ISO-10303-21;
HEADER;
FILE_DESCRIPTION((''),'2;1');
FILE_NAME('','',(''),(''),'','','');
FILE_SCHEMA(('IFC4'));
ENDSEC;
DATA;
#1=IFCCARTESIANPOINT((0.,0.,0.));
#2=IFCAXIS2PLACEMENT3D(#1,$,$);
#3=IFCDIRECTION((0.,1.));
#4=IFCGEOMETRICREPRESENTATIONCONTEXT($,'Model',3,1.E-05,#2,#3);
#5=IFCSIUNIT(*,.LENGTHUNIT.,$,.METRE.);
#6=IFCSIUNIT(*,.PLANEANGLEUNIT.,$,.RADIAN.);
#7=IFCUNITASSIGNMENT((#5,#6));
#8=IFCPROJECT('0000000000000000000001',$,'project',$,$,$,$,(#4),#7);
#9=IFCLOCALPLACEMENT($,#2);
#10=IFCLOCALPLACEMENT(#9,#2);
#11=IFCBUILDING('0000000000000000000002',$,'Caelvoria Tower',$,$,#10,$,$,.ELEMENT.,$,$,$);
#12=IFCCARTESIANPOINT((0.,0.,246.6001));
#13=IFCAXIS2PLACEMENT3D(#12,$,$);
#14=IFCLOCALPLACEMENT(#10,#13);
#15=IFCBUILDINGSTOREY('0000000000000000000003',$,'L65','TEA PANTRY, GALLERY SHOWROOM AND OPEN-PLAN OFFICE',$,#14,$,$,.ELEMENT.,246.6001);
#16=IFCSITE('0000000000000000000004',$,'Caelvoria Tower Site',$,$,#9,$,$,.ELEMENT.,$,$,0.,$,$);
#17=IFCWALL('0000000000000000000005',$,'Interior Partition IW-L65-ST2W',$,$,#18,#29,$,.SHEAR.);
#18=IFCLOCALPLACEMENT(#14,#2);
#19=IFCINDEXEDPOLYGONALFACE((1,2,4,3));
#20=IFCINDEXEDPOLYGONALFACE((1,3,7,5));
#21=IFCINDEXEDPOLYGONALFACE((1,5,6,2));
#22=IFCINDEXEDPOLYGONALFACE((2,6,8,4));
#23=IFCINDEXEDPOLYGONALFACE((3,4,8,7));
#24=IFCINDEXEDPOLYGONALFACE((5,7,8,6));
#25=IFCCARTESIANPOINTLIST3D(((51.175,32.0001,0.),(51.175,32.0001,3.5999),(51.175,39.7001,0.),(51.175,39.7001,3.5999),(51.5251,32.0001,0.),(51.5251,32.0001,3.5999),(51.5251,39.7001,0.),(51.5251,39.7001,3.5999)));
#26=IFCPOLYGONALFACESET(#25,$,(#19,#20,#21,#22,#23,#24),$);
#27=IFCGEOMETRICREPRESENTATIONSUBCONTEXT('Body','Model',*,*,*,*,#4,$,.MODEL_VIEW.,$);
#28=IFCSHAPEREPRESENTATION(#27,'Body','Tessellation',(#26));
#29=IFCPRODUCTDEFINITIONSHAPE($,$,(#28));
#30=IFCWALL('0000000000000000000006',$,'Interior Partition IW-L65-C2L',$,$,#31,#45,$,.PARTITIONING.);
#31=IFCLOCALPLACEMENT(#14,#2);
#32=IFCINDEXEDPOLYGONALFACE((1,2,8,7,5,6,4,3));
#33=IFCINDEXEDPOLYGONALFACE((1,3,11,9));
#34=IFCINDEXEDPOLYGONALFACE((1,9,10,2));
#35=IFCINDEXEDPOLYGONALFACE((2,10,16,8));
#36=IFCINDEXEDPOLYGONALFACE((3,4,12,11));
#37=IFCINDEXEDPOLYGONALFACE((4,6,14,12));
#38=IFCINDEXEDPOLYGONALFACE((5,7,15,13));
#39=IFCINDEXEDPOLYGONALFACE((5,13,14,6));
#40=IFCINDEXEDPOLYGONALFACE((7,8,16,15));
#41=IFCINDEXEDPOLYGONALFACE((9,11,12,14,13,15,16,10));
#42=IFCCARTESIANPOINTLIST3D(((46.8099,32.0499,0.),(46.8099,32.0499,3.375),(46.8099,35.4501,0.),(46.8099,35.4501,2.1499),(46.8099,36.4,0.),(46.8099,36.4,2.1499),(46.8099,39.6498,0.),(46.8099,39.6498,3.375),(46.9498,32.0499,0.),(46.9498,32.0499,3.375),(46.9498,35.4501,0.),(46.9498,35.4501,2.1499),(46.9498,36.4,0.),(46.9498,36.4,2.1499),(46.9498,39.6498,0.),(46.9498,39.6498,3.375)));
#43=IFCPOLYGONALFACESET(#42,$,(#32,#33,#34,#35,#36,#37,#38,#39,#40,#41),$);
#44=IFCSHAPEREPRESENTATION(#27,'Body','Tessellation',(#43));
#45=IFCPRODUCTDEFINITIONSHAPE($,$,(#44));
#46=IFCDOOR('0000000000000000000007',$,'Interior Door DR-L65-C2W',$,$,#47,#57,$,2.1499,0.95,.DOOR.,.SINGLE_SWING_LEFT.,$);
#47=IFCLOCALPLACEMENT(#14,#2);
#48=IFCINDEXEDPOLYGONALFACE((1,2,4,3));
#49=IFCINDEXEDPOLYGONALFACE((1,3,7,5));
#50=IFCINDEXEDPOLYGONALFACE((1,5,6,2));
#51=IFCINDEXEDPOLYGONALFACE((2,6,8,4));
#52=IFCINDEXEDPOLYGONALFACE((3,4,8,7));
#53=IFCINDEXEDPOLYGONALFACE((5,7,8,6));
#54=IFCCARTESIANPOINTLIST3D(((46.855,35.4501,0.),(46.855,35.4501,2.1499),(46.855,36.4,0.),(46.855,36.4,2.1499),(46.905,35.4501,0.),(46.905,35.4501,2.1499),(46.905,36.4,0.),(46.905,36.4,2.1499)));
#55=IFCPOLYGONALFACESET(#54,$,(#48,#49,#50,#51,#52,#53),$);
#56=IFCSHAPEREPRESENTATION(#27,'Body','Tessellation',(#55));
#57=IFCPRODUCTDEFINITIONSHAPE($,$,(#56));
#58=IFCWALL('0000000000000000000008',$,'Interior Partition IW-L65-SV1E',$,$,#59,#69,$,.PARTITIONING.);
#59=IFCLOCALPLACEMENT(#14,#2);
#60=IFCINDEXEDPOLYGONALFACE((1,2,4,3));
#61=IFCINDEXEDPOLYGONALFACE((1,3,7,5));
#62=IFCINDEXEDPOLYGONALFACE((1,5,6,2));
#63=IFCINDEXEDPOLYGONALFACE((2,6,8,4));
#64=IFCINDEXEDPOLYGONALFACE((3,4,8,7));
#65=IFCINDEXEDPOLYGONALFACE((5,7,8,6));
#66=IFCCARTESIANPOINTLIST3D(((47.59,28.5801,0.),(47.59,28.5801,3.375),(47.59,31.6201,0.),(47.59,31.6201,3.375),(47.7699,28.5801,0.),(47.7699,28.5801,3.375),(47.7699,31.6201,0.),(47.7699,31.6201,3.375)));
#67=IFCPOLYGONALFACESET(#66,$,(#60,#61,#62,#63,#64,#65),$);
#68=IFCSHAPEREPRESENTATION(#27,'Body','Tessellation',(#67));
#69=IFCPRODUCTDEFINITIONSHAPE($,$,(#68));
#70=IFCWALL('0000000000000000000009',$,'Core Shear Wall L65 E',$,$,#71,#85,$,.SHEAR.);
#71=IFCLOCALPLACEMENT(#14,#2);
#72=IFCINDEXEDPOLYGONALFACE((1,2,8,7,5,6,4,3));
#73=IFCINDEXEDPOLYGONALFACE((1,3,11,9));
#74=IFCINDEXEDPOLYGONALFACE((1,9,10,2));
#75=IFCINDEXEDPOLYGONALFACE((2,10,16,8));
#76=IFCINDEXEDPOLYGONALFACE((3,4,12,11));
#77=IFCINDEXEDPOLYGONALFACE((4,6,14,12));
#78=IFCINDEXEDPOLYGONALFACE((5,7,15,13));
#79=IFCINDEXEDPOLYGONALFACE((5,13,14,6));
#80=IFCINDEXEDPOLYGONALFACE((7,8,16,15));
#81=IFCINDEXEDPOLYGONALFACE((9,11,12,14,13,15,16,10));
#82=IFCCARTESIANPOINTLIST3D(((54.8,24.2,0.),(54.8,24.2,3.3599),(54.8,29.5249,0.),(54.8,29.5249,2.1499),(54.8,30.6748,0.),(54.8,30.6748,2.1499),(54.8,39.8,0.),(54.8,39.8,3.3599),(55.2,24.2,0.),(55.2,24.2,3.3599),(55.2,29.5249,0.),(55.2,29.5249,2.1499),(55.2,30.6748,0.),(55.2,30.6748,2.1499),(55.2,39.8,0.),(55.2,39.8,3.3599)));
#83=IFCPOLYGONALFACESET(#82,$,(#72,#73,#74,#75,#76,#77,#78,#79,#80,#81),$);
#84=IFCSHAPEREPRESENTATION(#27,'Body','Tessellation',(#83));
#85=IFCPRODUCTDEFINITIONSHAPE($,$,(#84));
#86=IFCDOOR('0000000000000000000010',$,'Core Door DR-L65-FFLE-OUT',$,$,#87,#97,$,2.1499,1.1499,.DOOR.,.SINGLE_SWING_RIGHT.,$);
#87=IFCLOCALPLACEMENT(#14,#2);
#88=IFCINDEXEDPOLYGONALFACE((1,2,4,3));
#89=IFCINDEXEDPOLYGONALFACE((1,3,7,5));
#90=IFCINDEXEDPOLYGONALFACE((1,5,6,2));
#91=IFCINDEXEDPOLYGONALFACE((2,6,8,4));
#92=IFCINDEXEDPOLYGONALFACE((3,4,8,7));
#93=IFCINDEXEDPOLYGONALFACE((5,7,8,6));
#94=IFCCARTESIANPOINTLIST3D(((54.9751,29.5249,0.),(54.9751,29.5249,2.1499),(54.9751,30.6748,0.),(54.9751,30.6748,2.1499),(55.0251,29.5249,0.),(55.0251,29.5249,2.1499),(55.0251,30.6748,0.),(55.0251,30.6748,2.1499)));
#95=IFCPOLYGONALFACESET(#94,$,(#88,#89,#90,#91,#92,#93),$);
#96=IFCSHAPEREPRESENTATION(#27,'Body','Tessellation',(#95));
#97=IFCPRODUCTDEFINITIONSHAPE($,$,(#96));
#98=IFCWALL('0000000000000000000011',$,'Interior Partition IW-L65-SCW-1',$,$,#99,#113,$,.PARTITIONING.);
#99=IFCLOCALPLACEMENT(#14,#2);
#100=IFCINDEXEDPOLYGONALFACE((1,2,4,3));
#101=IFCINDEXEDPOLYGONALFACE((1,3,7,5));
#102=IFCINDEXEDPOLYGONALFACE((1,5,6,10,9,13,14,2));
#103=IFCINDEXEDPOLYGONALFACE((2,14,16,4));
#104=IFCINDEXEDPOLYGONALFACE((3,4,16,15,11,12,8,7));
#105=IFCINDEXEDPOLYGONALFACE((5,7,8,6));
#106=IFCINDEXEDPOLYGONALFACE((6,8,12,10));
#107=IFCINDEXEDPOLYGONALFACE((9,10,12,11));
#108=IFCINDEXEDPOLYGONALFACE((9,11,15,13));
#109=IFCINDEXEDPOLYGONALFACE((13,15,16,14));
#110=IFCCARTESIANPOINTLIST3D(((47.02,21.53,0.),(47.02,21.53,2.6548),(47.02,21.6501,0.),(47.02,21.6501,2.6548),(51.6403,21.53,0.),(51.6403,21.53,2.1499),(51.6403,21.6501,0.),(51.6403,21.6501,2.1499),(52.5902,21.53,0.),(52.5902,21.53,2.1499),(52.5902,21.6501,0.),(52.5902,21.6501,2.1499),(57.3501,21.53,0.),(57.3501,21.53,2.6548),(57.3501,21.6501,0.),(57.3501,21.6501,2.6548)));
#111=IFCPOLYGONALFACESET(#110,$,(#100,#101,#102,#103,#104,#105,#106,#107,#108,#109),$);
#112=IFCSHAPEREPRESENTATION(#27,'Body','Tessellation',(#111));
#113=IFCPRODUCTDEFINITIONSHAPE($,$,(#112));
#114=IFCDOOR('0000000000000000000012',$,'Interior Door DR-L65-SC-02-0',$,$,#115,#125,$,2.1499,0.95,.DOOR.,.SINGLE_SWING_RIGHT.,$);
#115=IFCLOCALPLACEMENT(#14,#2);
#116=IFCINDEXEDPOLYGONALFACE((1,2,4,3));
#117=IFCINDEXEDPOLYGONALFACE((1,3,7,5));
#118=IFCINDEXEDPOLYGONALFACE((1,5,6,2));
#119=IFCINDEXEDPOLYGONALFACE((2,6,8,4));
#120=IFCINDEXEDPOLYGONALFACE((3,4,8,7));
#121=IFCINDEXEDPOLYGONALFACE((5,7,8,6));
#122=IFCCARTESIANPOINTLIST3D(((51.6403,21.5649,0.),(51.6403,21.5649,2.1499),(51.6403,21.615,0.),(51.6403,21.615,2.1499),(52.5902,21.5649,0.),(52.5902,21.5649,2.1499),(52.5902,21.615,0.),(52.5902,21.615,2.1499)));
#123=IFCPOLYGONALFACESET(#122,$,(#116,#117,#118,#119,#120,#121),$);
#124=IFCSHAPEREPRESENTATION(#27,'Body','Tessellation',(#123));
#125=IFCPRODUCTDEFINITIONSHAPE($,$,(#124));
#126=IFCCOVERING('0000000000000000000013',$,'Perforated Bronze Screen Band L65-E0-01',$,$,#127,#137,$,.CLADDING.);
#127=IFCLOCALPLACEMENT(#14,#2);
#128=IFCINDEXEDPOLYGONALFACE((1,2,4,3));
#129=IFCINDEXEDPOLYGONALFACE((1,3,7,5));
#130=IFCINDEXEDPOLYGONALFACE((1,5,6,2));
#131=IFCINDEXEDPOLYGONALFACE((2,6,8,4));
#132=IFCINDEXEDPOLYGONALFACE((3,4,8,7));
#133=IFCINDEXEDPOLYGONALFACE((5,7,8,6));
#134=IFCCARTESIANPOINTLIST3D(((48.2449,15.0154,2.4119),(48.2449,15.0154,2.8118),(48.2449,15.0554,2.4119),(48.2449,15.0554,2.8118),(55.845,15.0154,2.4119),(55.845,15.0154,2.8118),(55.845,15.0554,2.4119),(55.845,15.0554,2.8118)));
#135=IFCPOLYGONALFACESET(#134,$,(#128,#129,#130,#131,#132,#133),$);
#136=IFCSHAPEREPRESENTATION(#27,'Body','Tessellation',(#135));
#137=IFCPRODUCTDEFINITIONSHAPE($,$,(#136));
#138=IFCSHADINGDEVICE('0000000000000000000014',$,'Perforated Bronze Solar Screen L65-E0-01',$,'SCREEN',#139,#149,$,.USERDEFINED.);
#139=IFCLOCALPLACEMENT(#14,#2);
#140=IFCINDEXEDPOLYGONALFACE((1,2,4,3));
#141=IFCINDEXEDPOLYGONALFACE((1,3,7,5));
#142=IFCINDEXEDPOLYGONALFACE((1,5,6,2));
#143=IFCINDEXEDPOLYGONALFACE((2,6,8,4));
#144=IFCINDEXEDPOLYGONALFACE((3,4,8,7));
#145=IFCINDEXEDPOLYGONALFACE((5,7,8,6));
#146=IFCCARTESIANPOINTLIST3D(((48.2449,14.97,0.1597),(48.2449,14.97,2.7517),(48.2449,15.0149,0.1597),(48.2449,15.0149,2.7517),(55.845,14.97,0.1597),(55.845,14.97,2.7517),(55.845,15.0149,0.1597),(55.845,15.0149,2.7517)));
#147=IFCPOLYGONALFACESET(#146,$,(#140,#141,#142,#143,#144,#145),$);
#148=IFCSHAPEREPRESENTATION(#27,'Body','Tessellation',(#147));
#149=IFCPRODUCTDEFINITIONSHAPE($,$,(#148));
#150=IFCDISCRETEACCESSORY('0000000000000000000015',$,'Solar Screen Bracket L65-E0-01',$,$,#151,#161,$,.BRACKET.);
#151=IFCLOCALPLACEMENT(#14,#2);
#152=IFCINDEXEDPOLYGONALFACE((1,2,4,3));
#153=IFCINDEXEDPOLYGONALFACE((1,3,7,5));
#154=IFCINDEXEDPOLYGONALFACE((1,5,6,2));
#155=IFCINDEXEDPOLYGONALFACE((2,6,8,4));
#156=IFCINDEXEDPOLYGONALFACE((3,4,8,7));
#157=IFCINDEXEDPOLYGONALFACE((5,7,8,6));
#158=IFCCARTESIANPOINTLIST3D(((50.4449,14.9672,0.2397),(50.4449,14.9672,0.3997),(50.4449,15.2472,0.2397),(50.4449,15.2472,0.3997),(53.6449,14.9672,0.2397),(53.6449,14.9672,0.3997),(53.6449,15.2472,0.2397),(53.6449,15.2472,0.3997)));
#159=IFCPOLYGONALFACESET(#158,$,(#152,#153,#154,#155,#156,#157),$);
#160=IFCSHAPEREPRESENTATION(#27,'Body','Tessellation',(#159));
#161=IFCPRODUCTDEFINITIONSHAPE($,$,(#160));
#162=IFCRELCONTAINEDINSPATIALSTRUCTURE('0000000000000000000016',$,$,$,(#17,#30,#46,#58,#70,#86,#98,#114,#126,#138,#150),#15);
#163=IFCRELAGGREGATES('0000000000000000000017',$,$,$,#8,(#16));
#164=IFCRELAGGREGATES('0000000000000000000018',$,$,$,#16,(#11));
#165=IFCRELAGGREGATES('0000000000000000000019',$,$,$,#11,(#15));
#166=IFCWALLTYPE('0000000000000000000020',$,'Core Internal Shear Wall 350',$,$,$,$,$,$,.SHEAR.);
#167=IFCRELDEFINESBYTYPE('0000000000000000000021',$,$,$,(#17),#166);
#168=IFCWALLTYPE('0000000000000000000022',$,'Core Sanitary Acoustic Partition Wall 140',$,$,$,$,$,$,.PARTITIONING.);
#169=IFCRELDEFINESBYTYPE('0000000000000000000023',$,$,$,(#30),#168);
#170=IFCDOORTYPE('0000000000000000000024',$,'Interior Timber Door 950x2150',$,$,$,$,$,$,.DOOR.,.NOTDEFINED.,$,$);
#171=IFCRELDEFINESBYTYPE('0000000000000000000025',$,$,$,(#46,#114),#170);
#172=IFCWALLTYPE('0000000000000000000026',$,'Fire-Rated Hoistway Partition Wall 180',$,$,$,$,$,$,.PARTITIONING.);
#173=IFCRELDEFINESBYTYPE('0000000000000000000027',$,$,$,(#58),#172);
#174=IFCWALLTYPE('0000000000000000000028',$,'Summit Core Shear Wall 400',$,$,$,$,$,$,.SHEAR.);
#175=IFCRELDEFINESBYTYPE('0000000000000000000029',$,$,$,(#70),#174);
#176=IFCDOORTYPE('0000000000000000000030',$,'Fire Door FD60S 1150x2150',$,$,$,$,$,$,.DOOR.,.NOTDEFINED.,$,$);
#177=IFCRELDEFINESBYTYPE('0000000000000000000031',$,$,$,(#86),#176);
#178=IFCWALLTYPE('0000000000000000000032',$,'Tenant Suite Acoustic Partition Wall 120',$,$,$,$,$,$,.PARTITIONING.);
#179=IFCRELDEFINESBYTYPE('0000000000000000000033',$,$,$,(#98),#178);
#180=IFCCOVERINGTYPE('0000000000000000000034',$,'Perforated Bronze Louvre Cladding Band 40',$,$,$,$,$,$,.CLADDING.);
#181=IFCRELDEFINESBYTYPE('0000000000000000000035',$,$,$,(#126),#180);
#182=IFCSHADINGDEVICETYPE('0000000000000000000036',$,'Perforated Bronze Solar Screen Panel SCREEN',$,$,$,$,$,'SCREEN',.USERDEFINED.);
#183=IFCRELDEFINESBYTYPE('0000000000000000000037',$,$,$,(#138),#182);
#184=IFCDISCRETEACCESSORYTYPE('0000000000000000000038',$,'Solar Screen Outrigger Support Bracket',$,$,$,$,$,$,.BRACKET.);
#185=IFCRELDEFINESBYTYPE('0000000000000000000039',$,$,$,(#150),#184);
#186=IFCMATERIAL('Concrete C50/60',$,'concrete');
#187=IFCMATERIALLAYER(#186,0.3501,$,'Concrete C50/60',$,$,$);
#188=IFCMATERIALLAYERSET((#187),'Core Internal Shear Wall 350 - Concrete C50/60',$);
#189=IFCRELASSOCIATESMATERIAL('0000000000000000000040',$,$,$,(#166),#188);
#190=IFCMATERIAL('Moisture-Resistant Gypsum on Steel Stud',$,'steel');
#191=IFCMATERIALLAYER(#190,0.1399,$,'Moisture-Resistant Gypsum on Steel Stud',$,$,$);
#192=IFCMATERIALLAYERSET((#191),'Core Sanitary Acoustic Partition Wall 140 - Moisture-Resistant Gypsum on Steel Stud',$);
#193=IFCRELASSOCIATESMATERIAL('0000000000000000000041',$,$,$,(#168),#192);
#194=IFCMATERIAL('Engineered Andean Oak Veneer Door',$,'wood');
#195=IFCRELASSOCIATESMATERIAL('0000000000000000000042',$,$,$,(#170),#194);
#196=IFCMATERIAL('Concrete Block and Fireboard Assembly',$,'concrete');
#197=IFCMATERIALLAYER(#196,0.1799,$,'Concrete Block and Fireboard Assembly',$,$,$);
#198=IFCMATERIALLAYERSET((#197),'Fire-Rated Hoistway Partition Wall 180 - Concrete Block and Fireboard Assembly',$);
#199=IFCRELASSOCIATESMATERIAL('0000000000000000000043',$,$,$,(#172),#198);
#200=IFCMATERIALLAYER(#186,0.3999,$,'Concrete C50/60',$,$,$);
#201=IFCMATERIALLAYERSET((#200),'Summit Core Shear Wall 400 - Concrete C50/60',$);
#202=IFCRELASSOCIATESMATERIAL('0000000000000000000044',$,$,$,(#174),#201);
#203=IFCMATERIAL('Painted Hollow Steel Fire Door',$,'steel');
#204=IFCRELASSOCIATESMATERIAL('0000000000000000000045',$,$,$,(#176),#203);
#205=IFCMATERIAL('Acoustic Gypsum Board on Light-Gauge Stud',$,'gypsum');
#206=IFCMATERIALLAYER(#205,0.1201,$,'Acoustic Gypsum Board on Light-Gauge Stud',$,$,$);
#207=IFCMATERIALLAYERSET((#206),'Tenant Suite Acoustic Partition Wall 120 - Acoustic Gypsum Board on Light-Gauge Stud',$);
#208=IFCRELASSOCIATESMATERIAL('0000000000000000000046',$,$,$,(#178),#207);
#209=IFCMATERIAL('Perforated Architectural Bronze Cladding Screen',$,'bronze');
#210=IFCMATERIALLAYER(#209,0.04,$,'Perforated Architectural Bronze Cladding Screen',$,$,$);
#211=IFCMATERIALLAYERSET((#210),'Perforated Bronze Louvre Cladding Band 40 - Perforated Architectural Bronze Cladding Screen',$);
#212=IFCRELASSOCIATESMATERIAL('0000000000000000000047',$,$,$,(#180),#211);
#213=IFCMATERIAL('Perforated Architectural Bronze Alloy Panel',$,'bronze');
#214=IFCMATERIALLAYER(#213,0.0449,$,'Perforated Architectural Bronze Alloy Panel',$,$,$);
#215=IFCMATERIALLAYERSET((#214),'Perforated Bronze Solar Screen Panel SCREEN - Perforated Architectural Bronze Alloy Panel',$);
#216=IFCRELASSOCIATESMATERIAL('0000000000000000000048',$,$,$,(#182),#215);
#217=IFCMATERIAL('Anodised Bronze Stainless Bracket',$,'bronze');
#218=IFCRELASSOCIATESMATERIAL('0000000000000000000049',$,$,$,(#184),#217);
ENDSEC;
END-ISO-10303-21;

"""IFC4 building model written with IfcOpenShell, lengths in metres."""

from ifc_helpers import new_model, si_unit, direction, frame, frame_2d, origin, origin_2d, place, context, subcontext, project, spatial, rectangle, extrude, material, layer, layer_set, type_object, element, fill, save


model = new_model("IFC4")

# Units and contexts
model_context = context("Model", 3, precision=1e-05, world=origin(), true_north=direction((0.0, 1.0)))
body_context = subcontext(model_context, "Body", "Model", "MODEL_VIEW")
ifc_project = project(units=[si_unit("LENGTHUNIT", "METRE"), si_unit("PLANEANGLEUNIT", "RADIAN")], contexts=[model_context])

# Site, building, storey
site_placement = place(None, origin())
site = spatial("IfcSite", under=ifc_project, at=site_placement, Name="Caelvoria Tower Site", CompositionType="ELEMENT", RefElevation=0.0)
building_placement = place(site_placement, origin())
building = spatial("IfcBuilding", under=site, at=building_placement, Name="Caelvoria Tower", CompositionType="ELEMENT")
storey_placement = place(building_placement, frame((0.0, 0.0, 246.6001)))
storey = spatial("IfcBuildingStorey", under=building, at=storey_placement, Name="L65", Description="TEA PANTRY, GALLERY SHOWROOM AND OPEN-PLAN OFFICE", CompositionType="ELEMENT", Elevation=246.6001)

# Wall
ifc_material_1 = material(Name="Concrete C50/60", Category="concrete")
ifc_layer_1 = layer(ifc_material_1, 0.3501, Name="Concrete C50/60")
ifc_layer_set_1 = layer_set([ifc_layer_1], Name="Core Internal Shear Wall 350 - Concrete C50/60")
wall_type_1 = type_object("IfcWallType", Name="Core Internal Shear Wall 350", PredefinedType="SHEAR", material=ifc_layer_set_1)
wall_1_placement = place(storey_placement, frame((51.3501, 32.0, 0.0), z_axis=(0.0, 0.0, 1.0), x_axis=(0.0, 1.0, 0.0)))
element("IfcWall", 1, at=wall_1_placement, inside=storey, type_object=wall_type_1, Name="Interior Partition IW-L65-ST2W", PredefinedType="SHEAR", context=body_context, shape_type="SweptSolid", body=[
    extrude(rectangle(XDim=7.7, YDim=0.3501, at=frame_2d((3.8501, 0.0))), origin(), (0.0, 0.0, 1.0), 3.5999),
])

# Wall, opening, door
ifc_material_2 = material(Name="Moisture-Resistant Gypsum on Steel Stud", Category="steel")
ifc_layer_2 = layer(ifc_material_2, 0.1399, Name="Moisture-Resistant Gypsum on Steel Stud")
ifc_layer_set_2 = layer_set([ifc_layer_2], Name="Core Sanitary Acoustic Partition Wall 140 - Moisture-Resistant Gypsum on Steel Stud")
wall_type_2 = type_object("IfcWallType", Name="Core Sanitary Acoustic Partition Wall 140", PredefinedType="PARTITIONING", material=ifc_layer_set_2)
wall_2_placement = place(storey_placement, frame((46.8799, 32.05, 0.0), z_axis=(0.0, 0.0, 1.0), x_axis=(0.0, 1.0, 0.0)))
wall_2 = element("IfcWall", 2, at=wall_2_placement, inside=storey, type_object=wall_type_2, Name="Interior Partition IW-L65-C2L", PredefinedType="PARTITIONING", context=body_context, shape_type="SweptSolid", body=[
    extrude(rectangle(XDim=7.5999, YDim=0.1399, at=frame_2d((3.7998, 0.0))), origin(), (0.0, 0.0, 1.0), 3.375),
])
opening_1_placement = place(wall_2_placement, frame((3.3999, 0.0, 0.0)))
opening_1 = element("IfcOpeningElement", 3, at=opening_1_placement, cuts=wall_2, PredefinedType="OPENING", context=body_context, shape_type="SweptSolid", body=[
    extrude(rectangle(XDim=0.95, YDim=2.1499, at=frame_2d((0.4751, 1.075))), frame((0.0, 0.0798, 0.0), z_axis=(0.0, -1.0, 0.0), x_axis=(1.0, 0.0, 0.0)), (0.0, 0.0, 1.0), 0.1599),
])
ifc_material_3 = material(Name="Engineered Andean Oak Veneer Door", Category="wood")
door_type_1 = type_object("IfcDoorType", Name="Interior Timber Door 950x2150", OperationType="NOTDEFINED", PredefinedType="DOOR", material=ifc_material_3)
door_1_placement = place(opening_1_placement, origin())
door_1 = element("IfcDoor", 4, at=door_1_placement, inside=storey, type_object=door_type_1, Name="Interior Door DR-L65-C2W", OperationType="SINGLE_SWING_LEFT", OverallHeight=2.1499, OverallWidth=0.95, PredefinedType="DOOR", context=body_context, shape_type="SweptSolid", body=[
    extrude(rectangle(XDim=0.95, YDim=2.1499, at=frame_2d((0.4751, 1.075))), frame((0.0, 0.0249, 0.0), z_axis=(0.0, -1.0, 0.0), x_axis=(1.0, 0.0, 0.0)), (0.0, 0.0, 1.0), 0.05),
])
fill(opening_1, door_1)

# Wall
ifc_material_4 = material(Name="Concrete Block and Fireboard Assembly", Category="concrete")
ifc_layer_3 = layer(ifc_material_4, 0.1799, Name="Concrete Block and Fireboard Assembly")
ifc_layer_set_3 = layer_set([ifc_layer_3], Name="Fire-Rated Hoistway Partition Wall 180 - Concrete Block and Fireboard Assembly")
wall_type_3 = type_object("IfcWallType", Name="Fire-Rated Hoistway Partition Wall 180", PredefinedType="PARTITIONING", material=ifc_layer_set_3)
wall_3_placement = place(storey_placement, frame((47.6799, 28.5801, 0.0), z_axis=(0.0, 0.0, 1.0), x_axis=(0.0, 1.0, 0.0)))
element("IfcWall", 5, at=wall_3_placement, inside=storey, type_object=wall_type_3, Name="Interior Partition IW-L65-SV1E", PredefinedType="PARTITIONING", context=body_context, shape_type="SweptSolid", body=[
    extrude(rectangle(XDim=3.04, YDim=0.1799, at=frame_2d((1.52, 0.0))), origin(), (0.0, 0.0, 1.0), 3.375),
])

# Walls, openings, doors
ifc_layer_4 = layer(ifc_material_1, 0.3999, Name="Concrete C50/60")
ifc_layer_set_4 = layer_set([ifc_layer_4], Name="Summit Core Shear Wall 400 - Concrete C50/60")
wall_type_4 = type_object("IfcWallType", Name="Summit Core Shear Wall 400", PredefinedType="SHEAR", material=ifc_layer_set_4)
wall_4_placement = place(storey_placement, frame((55.0, 24.2, 0.0), z_axis=(0.0, 0.0, 1.0), x_axis=(0.0, 1.0, 0.0)))
wall_4 = element("IfcWall", 6, at=wall_4_placement, inside=storey, type_object=wall_type_4, Name="Core Shear Wall L65 E", PredefinedType="SHEAR", context=body_context, shape_type="SweptSolid", body=[
    extrude(rectangle(XDim=15.6001, YDim=0.3999, at=frame_2d((7.8, 0.0))), origin(), (0.0, 0.0, 1.0), 3.3599),
])
opening_2_placement = place(wall_4_placement, frame((5.325, 0.0, 0.0)))
opening_2 = element("IfcOpeningElement", 7, at=opening_2_placement, cuts=wall_4, PredefinedType="OPENING", context=body_context, shape_type="SweptSolid", body=[
    extrude(rectangle(XDim=1.1499, YDim=2.1499, at=frame_2d((0.575, 1.075))), frame((0.0, 0.21, 0.0), z_axis=(0.0, -1.0, 0.0), x_axis=(1.0, 0.0, 0.0)), (0.0, 0.0, 1.0), 0.4199),
])
ifc_material_5 = material(Name="Painted Hollow Steel Fire Door", Category="steel")
door_type_2 = type_object("IfcDoorType", Name="Fire Door FD60S 1150x2150", OperationType="NOTDEFINED", PredefinedType="DOOR", material=ifc_material_5)
door_2_placement = place(opening_2_placement, origin())
door_2 = element("IfcDoor", 8, at=door_2_placement, inside=storey, type_object=door_type_2, Name="Core Door DR-L65-FFLE-OUT", OperationType="SINGLE_SWING_RIGHT", OverallHeight=2.1499, OverallWidth=1.1499, PredefinedType="DOOR", context=body_context, shape_type="SweptSolid", body=[
    extrude(rectangle(XDim=1.1499, YDim=2.1499, at=frame_2d((0.575, 1.075))), frame((0.0, 0.0249, 0.0), z_axis=(0.0, -1.0, 0.0), x_axis=(1.0, 0.0, 0.0)), (0.0, 0.0, 1.0), 0.05),
])
fill(opening_2, door_2)
ifc_material_6 = material(Name="Acoustic Gypsum Board on Light-Gauge Stud", Category="gypsum")
ifc_layer_5 = layer(ifc_material_6, 0.1201, Name="Acoustic Gypsum Board on Light-Gauge Stud")
ifc_layer_set_5 = layer_set([ifc_layer_5], Name="Tenant Suite Acoustic Partition Wall 120 - Acoustic Gypsum Board on Light-Gauge Stud")
wall_type_5 = type_object("IfcWallType", Name="Tenant Suite Acoustic Partition Wall 120", PredefinedType="PARTITIONING", material=ifc_layer_set_5)
wall_5_placement = place(storey_placement, frame((47.02, 21.5901, 0.0), z_axis=(0.0, 0.0, 1.0), x_axis=(1.0, 0.0, 0.0)))
wall_5 = element("IfcWall", 9, at=wall_5_placement, inside=storey, type_object=wall_type_5, Name="Interior Partition IW-L65-SCW-1", PredefinedType="PARTITIONING", context=body_context, shape_type="SweptSolid", body=[
    extrude(rectangle(XDim=10.3301, YDim=0.1201, at=frame_2d((5.165, 0.0))), origin(), (0.0, 0.0, 1.0), 2.6548),
])
opening_3_placement = place(wall_5_placement, frame((4.6201, 0.0, 0.0)))
opening_3 = element("IfcOpeningElement", 10, at=opening_3_placement, cuts=wall_5, PredefinedType="OPENING", context=body_context, shape_type="SweptSolid", body=[
    extrude(rectangle(XDim=0.95, YDim=2.1499, at=frame_2d((0.4751, 1.075))), frame((0.0, 0.0701, 0.0), z_axis=(0.0, -1.0, 0.0), x_axis=(1.0, 0.0, 0.0)), (0.0, 0.0, 1.0), 0.1401),
])
door_3_placement = place(opening_3_placement, origin())
door_3 = element("IfcDoor", 11, at=door_3_placement, inside=storey, type_object=door_type_1, Name="Interior Door DR-L65-SC-02-0", OperationType="SINGLE_SWING_RIGHT", OverallHeight=2.1499, OverallWidth=0.95, PredefinedType="DOOR", context=body_context, shape_type="SweptSolid", body=[
    extrude(rectangle(XDim=0.95, YDim=2.1499, at=frame_2d((0.4751, 1.075))), frame((0.0, 0.0249, 0.0), z_axis=(0.0, -1.0, 0.0), x_axis=(1.0, 0.0, 0.0)), (0.0, 0.0, 1.0), 0.05),
])
fill(opening_3, door_3)

# Covering
ifc_material_7 = material(Name="Perforated Architectural Bronze Cladding Screen", Category="bronze")
ifc_layer_6 = layer(ifc_material_7, 0.04, Name="Perforated Architectural Bronze Cladding Screen")
ifc_layer_set_6 = layer_set([ifc_layer_6], Name="Perforated Bronze Louvre Cladding Band 40 - Perforated Architectural Bronze Cladding Screen")
covering_type = type_object("IfcCoveringType", Name="Perforated Bronze Louvre Cladding Band 40", PredefinedType="CLADDING", material=ifc_layer_set_6)
covering_placement = place(storey_placement, frame((52.0449, 15.0354, 2.4119), z_axis=(0.0, 0.0, 1.0), x_axis=(1.0, 0.0, 0.0)))
element("IfcCovering", 12, at=covering_placement, inside=storey, type_object=covering_type, Name="Perforated Bronze Screen Band L65-E0-01", PredefinedType="CLADDING", context=body_context, shape_type="SweptSolid", body=[
    extrude(rectangle(XDim=7.6001, YDim=0.04, at=origin_2d()), origin(), (0.0, 0.0, 1.0), 0.3999),
])

# Shading device
ifc_material_8 = material(Name="Perforated Architectural Bronze Alloy Panel", Category="bronze")
ifc_layer_7 = layer(ifc_material_8, 0.0449, Name="Perforated Architectural Bronze Alloy Panel")
ifc_layer_set_7 = layer_set([ifc_layer_7], Name="Perforated Bronze Solar Screen Panel SCREEN - Perforated Architectural Bronze Alloy Panel")
shading_device_type = type_object("IfcShadingDeviceType", Name="Perforated Bronze Solar Screen Panel SCREEN", ElementType="SCREEN", PredefinedType="USERDEFINED", material=ifc_layer_set_7)
shading_device_placement = place(storey_placement, frame((52.0449, 14.9924, 0.1597), z_axis=(0.0, 0.0, 1.0), x_axis=(1.0, 0.0, 0.0)))
element("IfcShadingDevice", 13, at=shading_device_placement, inside=storey, type_object=shading_device_type, Name="Perforated Bronze Solar Screen L65-E0-01", ObjectType="SCREEN", PredefinedType="USERDEFINED", context=body_context, shape_type="SweptSolid", body=[
    extrude(rectangle(XDim=7.6001, YDim=0.0449, at=origin_2d()), origin(), (0.0, 0.0, 1.0), 2.592),
])

# Discrete accessory
ifc_material_9 = material(Name="Anodised Bronze Stainless Bracket", Category="bronze")
discrete_accessory_type = type_object("IfcDiscreteAccessoryType", Name="Solar Screen Outrigger Support Bracket", PredefinedType="BRACKET", material=ifc_material_9)
for number, where, z_axis, x_axis, name in (
    (14, (52.0449, 15.1072, 0.2397), (0.0, 0.0, 1.0), (1.0, 0.0, 0.0), "Solar Screen Bracket L65-E0-01"),
):
    element("IfcDiscreteAccessory", number, at=place(storey_placement, frame(where, z_axis=z_axis, x_axis=x_axis)), inside=storey, type_object=discrete_accessory_type, Name=name, PredefinedType="BRACKET", context=body_context, shape_type="SweptSolid", body=[
        extrude(rectangle(XDim=3.2, YDim=0.28, at=origin_2d()), origin(), (0.0, 0.0, 1.0), 0.1599),
    ])

save(model, "model.ifc")
